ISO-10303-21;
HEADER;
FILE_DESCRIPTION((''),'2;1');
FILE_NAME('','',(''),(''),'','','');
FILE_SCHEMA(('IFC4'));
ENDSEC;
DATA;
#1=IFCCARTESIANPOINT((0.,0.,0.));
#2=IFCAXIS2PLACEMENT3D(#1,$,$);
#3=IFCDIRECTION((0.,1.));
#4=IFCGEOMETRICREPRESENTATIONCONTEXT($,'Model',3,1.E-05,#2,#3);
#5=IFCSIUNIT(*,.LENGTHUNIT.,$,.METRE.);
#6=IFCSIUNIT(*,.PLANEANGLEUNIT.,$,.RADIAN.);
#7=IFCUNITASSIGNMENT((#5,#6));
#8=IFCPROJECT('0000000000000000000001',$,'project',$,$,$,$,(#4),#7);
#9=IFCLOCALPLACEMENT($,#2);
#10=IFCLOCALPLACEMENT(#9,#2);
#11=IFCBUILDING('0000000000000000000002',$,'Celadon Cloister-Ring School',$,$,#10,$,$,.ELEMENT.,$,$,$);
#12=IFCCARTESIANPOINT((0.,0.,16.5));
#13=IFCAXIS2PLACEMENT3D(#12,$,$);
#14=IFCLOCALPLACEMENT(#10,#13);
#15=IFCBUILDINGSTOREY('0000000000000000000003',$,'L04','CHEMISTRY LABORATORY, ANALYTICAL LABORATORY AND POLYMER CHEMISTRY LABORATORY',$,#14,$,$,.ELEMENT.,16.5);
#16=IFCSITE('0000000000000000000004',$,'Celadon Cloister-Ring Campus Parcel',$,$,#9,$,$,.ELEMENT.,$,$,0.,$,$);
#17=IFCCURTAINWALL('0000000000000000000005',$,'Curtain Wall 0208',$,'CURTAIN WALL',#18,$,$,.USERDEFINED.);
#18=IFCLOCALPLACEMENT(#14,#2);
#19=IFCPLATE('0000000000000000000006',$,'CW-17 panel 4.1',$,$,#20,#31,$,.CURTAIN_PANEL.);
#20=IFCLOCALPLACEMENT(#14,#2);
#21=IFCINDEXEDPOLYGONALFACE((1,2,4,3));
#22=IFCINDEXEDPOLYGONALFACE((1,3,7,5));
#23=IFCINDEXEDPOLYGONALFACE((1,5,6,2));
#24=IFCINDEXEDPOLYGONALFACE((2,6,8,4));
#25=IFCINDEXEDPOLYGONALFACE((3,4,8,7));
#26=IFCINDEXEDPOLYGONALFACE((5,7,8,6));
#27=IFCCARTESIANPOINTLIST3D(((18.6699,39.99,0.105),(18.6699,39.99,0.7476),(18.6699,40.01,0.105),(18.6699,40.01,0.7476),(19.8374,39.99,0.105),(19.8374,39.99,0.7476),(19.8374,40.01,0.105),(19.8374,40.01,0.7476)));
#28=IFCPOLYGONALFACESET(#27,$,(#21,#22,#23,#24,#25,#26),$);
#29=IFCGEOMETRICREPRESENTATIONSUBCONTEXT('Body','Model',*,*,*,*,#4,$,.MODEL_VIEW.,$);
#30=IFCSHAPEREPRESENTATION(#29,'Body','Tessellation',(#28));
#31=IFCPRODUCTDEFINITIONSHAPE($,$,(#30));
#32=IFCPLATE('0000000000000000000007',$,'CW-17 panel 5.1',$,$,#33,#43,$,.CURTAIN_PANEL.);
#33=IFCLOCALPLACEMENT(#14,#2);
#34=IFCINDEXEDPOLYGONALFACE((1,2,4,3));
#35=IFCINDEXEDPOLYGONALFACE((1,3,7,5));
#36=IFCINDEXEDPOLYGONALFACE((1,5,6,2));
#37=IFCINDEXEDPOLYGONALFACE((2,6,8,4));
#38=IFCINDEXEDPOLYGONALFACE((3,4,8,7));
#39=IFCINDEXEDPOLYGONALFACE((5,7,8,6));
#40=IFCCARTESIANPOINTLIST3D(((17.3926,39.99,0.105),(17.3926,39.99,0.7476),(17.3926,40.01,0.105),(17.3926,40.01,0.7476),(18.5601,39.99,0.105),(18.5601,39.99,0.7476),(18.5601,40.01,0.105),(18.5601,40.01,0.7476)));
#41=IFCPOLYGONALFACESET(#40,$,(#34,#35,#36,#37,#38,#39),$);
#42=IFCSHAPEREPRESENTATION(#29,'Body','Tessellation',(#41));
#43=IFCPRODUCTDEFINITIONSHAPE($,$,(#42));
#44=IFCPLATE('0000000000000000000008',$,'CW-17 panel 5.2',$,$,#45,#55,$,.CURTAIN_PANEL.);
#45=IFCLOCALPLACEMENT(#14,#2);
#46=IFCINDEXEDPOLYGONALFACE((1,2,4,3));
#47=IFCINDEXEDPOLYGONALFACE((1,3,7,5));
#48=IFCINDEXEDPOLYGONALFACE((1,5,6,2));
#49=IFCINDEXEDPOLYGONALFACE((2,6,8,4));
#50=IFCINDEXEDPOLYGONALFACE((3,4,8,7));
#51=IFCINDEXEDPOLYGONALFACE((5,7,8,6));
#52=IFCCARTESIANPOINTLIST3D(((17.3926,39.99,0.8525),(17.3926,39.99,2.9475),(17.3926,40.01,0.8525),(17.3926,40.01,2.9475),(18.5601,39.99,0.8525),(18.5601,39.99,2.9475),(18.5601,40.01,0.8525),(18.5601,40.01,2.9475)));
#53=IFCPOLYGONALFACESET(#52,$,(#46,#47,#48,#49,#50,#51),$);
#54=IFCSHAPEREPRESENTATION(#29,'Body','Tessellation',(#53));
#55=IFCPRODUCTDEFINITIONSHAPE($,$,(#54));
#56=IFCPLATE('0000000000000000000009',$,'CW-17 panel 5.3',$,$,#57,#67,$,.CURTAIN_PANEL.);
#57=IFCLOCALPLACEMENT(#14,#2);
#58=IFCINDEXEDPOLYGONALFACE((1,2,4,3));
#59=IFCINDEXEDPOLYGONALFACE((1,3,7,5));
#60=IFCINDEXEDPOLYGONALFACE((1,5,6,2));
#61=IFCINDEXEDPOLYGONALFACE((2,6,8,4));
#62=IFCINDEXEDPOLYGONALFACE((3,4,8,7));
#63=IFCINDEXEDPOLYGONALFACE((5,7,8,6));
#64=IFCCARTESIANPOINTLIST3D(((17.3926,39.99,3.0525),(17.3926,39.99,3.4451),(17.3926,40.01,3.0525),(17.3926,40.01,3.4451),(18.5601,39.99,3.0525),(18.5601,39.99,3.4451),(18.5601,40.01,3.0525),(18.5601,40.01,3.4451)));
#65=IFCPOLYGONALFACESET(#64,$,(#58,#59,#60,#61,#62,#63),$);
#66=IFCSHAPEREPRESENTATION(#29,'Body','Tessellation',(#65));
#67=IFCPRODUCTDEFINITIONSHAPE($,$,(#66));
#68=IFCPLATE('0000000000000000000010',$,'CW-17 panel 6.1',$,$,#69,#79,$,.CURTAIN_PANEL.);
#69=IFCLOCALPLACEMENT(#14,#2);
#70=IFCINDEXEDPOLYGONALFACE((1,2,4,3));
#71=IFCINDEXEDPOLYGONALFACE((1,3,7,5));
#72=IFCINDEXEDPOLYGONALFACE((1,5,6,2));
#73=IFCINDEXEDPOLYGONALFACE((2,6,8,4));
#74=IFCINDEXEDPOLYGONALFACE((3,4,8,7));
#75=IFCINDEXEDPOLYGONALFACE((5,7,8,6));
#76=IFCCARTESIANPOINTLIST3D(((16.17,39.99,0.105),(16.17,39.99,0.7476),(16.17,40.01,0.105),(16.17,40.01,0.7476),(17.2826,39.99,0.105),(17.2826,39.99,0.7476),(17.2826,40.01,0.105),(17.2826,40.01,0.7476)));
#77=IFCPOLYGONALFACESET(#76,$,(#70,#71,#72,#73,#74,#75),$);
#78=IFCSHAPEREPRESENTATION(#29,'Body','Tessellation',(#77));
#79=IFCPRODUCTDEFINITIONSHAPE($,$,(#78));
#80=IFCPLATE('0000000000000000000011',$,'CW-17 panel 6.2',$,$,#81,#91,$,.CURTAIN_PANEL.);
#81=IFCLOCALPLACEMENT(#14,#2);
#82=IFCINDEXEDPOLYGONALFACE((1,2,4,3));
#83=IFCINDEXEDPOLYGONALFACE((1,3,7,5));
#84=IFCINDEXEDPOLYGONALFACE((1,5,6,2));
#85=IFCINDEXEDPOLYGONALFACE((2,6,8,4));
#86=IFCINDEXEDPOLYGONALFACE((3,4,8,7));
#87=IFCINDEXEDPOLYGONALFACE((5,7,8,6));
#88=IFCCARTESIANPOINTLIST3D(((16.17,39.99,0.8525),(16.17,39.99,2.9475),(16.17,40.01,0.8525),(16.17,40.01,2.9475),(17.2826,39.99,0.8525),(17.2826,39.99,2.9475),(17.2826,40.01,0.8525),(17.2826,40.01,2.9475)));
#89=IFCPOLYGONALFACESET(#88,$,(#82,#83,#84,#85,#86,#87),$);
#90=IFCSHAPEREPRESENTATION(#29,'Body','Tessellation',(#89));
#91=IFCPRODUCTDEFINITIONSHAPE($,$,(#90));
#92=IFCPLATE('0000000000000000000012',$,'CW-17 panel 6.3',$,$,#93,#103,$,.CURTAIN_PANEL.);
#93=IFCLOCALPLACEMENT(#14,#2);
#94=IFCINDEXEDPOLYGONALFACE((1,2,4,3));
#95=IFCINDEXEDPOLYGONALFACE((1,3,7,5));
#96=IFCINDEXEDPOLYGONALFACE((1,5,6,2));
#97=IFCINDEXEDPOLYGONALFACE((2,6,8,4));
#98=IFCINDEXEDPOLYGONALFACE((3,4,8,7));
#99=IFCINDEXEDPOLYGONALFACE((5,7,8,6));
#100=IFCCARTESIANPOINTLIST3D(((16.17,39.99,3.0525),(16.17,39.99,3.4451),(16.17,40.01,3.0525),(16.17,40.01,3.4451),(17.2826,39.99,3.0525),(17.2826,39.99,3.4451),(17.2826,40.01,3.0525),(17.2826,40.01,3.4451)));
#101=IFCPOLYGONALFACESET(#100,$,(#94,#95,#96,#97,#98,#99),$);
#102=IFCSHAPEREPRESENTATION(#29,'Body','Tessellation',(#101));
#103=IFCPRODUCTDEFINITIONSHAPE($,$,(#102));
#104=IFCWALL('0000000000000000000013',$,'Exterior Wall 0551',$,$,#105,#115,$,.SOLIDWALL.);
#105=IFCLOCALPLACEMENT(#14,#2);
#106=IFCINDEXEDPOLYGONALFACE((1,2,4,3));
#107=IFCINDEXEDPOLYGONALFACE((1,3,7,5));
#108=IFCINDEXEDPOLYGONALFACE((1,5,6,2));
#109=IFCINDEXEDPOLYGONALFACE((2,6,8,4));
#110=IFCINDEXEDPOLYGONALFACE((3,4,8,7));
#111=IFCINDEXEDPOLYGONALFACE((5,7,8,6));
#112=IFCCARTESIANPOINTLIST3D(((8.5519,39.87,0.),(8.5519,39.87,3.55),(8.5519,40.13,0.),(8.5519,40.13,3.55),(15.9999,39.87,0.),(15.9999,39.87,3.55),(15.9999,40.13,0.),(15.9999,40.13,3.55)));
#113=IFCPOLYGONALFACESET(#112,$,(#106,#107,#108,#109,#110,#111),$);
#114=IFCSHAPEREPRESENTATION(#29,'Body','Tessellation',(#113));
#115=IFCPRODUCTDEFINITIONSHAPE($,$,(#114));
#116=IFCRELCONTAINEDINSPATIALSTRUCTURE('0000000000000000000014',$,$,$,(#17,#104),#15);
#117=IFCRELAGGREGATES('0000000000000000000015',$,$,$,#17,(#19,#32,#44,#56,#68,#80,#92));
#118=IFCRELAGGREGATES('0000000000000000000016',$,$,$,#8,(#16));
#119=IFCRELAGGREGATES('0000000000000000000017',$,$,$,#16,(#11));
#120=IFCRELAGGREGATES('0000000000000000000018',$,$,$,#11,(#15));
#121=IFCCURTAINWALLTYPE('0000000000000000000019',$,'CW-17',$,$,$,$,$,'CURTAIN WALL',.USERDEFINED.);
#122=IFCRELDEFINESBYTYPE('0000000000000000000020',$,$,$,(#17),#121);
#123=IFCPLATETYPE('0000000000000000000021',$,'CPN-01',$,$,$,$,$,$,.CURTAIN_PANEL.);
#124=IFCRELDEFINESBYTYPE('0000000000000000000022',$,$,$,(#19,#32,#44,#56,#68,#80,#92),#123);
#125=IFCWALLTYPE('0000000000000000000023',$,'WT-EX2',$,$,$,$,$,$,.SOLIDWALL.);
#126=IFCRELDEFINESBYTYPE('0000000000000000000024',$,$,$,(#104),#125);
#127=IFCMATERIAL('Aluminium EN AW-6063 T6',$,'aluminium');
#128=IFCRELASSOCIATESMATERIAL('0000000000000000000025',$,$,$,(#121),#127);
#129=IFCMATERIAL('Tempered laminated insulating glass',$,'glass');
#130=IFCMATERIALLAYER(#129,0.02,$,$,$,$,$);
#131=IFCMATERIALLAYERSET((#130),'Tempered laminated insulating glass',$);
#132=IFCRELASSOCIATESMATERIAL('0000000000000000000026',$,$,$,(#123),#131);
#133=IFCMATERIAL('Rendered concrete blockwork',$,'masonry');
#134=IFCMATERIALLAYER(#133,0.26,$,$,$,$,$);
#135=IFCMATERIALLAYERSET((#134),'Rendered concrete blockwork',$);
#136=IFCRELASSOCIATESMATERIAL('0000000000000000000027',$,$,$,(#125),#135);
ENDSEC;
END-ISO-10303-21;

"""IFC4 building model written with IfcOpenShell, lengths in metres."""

from ifc_helpers import new_model, si_unit, direction, frame, frame_2d, origin, origin_2d, place, context, subcontext, project, spatial, rectangle, extrude, material, layer, layer_set, type_object, element, aggregate, save


model = new_model("IFC4")

# Units and contexts
model_context = context("Model", 3, precision=1e-05, world=origin(), true_north=direction((0.0, 1.0)))
body_context = subcontext(model_context, "Body", "Model", "MODEL_VIEW")
ifc_project = project(units=[si_unit("LENGTHUNIT", "METRE"), si_unit("PLANEANGLEUNIT", "RADIAN")], contexts=[model_context])

# Site, building, storey
site_placement = place(None, origin())
site = spatial("IfcSite", under=ifc_project, at=site_placement, Name="Celadon Cloister-Ring Campus Parcel", CompositionType="ELEMENT", RefElevation=0.0)
building_placement = place(site_placement, origin())
building = spatial("IfcBuilding", under=site, at=building_placement, Name="Celadon Cloister-Ring School", CompositionType="ELEMENT")
storey_placement = place(building_placement, frame((0.0, 0.0, 16.5)))
storey = spatial("IfcBuildingStorey", under=building, at=storey_placement, Name="L04", Description="CHEMISTRY LABORATORY, ANALYTICAL LABORATORY AND POLYMER CHEMISTRY LABORATORY", CompositionType="ELEMENT", Elevation=16.5)

# Curtain wall, plates
ifc_material_1 = material(Name="Aluminium EN AW-6063 T6", Category="aluminium")
curtain_wall_type = type_object("IfcCurtainWallType", Name="CW-17", ElementType="CURTAIN WALL", PredefinedType="USERDEFINED", material=ifc_material_1)
curtain_wall_placement = place(storey_placement, origin())
curtain_wall = element("IfcCurtainWall", 1, at=curtain_wall_placement, inside=storey, type_object=curtain_wall_type, Name="Curtain Wall 0208", ObjectType="CURTAIN WALL", PredefinedType="USERDEFINED")
ifc_material_2 = material(Name="Tempered laminated insulating glass", Category="glass")
ifc_layer_1 = layer(ifc_material_2, 0.02)
ifc_layer_set_1 = layer_set([ifc_layer_1], Name="Tempered laminated insulating glass")
plate_type = type_object("IfcPlateType", Name="CPN-01", PredefinedType="CURTAIN_PANEL", material=ifc_layer_set_1)
plate_1_placement = place(storey_placement, frame((19.2537, 40.0, 0.105), z_axis=(0.0, 0.0, 1.0), x_axis=(-1.0, 0.0, 0.0)))
plate_1 = element("IfcPlate", 2, at=plate_1_placement, type_object=plate_type, Name="CW-17 panel 4.1", PredefinedType="CURTAIN_PANEL", context=body_context, shape_type="SweptSolid", body=[
    extrude(rectangle(XDim=1.1675, YDim=0.02, at=origin_2d()), origin(), (0.0, 0.0, 1.0), 0.6426),
])
plate_2_placement = place(storey_placement, frame((17.9763, 40.0, 0.105), z_axis=(0.0, 0.0, 1.0), x_axis=(-1.0, 0.0, 0.0)))
plate_2 = element("IfcPlate", 3, at=plate_2_placement, type_object=plate_type, Name="CW-17 panel 5.1", PredefinedType="CURTAIN_PANEL", context=body_context, shape_type="SweptSolid", body=[
    extrude(rectangle(XDim=1.1675, YDim=0.02, at=origin_2d()), origin(), (0.0, 0.0, 1.0), 0.6426),
])
plate_3_placement = place(storey_placement, frame((17.9763, 40.0, 0.8525), z_axis=(0.0, 0.0, 1.0), x_axis=(-1.0, 0.0, 0.0)))
plate_3 = element("IfcPlate", 4, at=plate_3_placement, type_object=plate_type, Name="CW-17 panel 5.2", PredefinedType="CURTAIN_PANEL", context=body_context, shape_type="SweptSolid", body=[
    extrude(rectangle(XDim=1.1675, YDim=0.02, at=origin_2d()), origin(), (0.0, 0.0, 1.0), 2.095),
])
plate_4_placement = place(storey_placement, frame((17.9763, 40.0, 3.0525), z_axis=(0.0, 0.0, 1.0), x_axis=(-1.0, 0.0, 0.0)))
plate_4 = element("IfcPlate", 5, at=plate_4_placement, type_object=plate_type, Name="CW-17 panel 5.3", PredefinedType="CURTAIN_PANEL", context=body_context, shape_type="SweptSolid", body=[
    extrude(rectangle(XDim=1.1675, YDim=0.02, at=origin_2d()), origin(), (0.0, 0.0, 1.0), 0.3926),
])
plate_5_placement = place(storey_placement, frame((16.7263, 40.0, 0.105), z_axis=(0.0, 0.0, 1.0), x_axis=(-1.0, 0.0, 0.0)))
plate_5 = element("IfcPlate", 6, at=plate_5_placement, type_object=plate_type, Name="CW-17 panel 6.1", PredefinedType="CURTAIN_PANEL", context=body_context, shape_type="SweptSolid", body=[
    extrude(rectangle(XDim=1.1125, YDim=0.02, at=origin_2d()), origin(), (0.0, 0.0, 1.0), 0.6426),
])
plate_6_placement = place(storey_placement, frame((16.7263, 40.0, 0.8525), z_axis=(0.0, 0.0, 1.0), x_axis=(-1.0, 0.0, 0.0)))
plate_6 = element("IfcPlate", 7, at=plate_6_placement, type_object=plate_type, Name="CW-17 panel 6.2", PredefinedType="CURTAIN_PANEL", context=body_context, shape_type="SweptSolid", body=[
    extrude(rectangle(XDim=1.1125, YDim=0.02, at=origin_2d()), origin(), (0.0, 0.0, 1.0), 2.095),
])
plate_7_placement = place(storey_placement, frame((16.7263, 40.0, 3.0525), z_axis=(0.0, 0.0, 1.0), x_axis=(-1.0, 0.0, 0.0)))
plate_7 = element("IfcPlate", 8, at=plate_7_placement, type_object=plate_type, Name="CW-17 panel 6.3", PredefinedType="CURTAIN_PANEL", context=body_context, shape_type="SweptSolid", body=[
    extrude(rectangle(XDim=1.1125, YDim=0.02, at=origin_2d()), origin(), (0.0, 0.0, 1.0), 0.3926),
])
aggregate(curtain_wall, [plate_1, plate_2, plate_3, plate_4, plate_5, plate_6, plate_7])

# Wall
ifc_material_3 = material(Name="Rendered concrete blockwork", Category="masonry")
ifc_layer_2 = layer(ifc_material_3, 0.26)
ifc_layer_set_2 = layer_set([ifc_layer_2], Name="Rendered concrete blockwork")
wall_type = type_object("IfcWallType", Name="WT-EX2", PredefinedType="SOLIDWALL", material=ifc_layer_set_2)
wall_placement = place(storey_placement, frame((16.0, 40.0, 0.0), z_axis=(0.0, 0.0, 1.0), x_axis=(-1.0, 0.0, 0.0)))
element("IfcWall", 9, at=wall_placement, inside=storey, type_object=wall_type, Name="Exterior Wall 0551", PredefinedType="SOLIDWALL", context=body_context, shape_type="SweptSolid", body=[
    extrude(rectangle(XDim=7.448, YDim=0.26, at=frame_2d((3.7241, 0.0))), origin(), (0.0, 0.0, 1.0), 3.55),
])

save(model, "model.ifc")
